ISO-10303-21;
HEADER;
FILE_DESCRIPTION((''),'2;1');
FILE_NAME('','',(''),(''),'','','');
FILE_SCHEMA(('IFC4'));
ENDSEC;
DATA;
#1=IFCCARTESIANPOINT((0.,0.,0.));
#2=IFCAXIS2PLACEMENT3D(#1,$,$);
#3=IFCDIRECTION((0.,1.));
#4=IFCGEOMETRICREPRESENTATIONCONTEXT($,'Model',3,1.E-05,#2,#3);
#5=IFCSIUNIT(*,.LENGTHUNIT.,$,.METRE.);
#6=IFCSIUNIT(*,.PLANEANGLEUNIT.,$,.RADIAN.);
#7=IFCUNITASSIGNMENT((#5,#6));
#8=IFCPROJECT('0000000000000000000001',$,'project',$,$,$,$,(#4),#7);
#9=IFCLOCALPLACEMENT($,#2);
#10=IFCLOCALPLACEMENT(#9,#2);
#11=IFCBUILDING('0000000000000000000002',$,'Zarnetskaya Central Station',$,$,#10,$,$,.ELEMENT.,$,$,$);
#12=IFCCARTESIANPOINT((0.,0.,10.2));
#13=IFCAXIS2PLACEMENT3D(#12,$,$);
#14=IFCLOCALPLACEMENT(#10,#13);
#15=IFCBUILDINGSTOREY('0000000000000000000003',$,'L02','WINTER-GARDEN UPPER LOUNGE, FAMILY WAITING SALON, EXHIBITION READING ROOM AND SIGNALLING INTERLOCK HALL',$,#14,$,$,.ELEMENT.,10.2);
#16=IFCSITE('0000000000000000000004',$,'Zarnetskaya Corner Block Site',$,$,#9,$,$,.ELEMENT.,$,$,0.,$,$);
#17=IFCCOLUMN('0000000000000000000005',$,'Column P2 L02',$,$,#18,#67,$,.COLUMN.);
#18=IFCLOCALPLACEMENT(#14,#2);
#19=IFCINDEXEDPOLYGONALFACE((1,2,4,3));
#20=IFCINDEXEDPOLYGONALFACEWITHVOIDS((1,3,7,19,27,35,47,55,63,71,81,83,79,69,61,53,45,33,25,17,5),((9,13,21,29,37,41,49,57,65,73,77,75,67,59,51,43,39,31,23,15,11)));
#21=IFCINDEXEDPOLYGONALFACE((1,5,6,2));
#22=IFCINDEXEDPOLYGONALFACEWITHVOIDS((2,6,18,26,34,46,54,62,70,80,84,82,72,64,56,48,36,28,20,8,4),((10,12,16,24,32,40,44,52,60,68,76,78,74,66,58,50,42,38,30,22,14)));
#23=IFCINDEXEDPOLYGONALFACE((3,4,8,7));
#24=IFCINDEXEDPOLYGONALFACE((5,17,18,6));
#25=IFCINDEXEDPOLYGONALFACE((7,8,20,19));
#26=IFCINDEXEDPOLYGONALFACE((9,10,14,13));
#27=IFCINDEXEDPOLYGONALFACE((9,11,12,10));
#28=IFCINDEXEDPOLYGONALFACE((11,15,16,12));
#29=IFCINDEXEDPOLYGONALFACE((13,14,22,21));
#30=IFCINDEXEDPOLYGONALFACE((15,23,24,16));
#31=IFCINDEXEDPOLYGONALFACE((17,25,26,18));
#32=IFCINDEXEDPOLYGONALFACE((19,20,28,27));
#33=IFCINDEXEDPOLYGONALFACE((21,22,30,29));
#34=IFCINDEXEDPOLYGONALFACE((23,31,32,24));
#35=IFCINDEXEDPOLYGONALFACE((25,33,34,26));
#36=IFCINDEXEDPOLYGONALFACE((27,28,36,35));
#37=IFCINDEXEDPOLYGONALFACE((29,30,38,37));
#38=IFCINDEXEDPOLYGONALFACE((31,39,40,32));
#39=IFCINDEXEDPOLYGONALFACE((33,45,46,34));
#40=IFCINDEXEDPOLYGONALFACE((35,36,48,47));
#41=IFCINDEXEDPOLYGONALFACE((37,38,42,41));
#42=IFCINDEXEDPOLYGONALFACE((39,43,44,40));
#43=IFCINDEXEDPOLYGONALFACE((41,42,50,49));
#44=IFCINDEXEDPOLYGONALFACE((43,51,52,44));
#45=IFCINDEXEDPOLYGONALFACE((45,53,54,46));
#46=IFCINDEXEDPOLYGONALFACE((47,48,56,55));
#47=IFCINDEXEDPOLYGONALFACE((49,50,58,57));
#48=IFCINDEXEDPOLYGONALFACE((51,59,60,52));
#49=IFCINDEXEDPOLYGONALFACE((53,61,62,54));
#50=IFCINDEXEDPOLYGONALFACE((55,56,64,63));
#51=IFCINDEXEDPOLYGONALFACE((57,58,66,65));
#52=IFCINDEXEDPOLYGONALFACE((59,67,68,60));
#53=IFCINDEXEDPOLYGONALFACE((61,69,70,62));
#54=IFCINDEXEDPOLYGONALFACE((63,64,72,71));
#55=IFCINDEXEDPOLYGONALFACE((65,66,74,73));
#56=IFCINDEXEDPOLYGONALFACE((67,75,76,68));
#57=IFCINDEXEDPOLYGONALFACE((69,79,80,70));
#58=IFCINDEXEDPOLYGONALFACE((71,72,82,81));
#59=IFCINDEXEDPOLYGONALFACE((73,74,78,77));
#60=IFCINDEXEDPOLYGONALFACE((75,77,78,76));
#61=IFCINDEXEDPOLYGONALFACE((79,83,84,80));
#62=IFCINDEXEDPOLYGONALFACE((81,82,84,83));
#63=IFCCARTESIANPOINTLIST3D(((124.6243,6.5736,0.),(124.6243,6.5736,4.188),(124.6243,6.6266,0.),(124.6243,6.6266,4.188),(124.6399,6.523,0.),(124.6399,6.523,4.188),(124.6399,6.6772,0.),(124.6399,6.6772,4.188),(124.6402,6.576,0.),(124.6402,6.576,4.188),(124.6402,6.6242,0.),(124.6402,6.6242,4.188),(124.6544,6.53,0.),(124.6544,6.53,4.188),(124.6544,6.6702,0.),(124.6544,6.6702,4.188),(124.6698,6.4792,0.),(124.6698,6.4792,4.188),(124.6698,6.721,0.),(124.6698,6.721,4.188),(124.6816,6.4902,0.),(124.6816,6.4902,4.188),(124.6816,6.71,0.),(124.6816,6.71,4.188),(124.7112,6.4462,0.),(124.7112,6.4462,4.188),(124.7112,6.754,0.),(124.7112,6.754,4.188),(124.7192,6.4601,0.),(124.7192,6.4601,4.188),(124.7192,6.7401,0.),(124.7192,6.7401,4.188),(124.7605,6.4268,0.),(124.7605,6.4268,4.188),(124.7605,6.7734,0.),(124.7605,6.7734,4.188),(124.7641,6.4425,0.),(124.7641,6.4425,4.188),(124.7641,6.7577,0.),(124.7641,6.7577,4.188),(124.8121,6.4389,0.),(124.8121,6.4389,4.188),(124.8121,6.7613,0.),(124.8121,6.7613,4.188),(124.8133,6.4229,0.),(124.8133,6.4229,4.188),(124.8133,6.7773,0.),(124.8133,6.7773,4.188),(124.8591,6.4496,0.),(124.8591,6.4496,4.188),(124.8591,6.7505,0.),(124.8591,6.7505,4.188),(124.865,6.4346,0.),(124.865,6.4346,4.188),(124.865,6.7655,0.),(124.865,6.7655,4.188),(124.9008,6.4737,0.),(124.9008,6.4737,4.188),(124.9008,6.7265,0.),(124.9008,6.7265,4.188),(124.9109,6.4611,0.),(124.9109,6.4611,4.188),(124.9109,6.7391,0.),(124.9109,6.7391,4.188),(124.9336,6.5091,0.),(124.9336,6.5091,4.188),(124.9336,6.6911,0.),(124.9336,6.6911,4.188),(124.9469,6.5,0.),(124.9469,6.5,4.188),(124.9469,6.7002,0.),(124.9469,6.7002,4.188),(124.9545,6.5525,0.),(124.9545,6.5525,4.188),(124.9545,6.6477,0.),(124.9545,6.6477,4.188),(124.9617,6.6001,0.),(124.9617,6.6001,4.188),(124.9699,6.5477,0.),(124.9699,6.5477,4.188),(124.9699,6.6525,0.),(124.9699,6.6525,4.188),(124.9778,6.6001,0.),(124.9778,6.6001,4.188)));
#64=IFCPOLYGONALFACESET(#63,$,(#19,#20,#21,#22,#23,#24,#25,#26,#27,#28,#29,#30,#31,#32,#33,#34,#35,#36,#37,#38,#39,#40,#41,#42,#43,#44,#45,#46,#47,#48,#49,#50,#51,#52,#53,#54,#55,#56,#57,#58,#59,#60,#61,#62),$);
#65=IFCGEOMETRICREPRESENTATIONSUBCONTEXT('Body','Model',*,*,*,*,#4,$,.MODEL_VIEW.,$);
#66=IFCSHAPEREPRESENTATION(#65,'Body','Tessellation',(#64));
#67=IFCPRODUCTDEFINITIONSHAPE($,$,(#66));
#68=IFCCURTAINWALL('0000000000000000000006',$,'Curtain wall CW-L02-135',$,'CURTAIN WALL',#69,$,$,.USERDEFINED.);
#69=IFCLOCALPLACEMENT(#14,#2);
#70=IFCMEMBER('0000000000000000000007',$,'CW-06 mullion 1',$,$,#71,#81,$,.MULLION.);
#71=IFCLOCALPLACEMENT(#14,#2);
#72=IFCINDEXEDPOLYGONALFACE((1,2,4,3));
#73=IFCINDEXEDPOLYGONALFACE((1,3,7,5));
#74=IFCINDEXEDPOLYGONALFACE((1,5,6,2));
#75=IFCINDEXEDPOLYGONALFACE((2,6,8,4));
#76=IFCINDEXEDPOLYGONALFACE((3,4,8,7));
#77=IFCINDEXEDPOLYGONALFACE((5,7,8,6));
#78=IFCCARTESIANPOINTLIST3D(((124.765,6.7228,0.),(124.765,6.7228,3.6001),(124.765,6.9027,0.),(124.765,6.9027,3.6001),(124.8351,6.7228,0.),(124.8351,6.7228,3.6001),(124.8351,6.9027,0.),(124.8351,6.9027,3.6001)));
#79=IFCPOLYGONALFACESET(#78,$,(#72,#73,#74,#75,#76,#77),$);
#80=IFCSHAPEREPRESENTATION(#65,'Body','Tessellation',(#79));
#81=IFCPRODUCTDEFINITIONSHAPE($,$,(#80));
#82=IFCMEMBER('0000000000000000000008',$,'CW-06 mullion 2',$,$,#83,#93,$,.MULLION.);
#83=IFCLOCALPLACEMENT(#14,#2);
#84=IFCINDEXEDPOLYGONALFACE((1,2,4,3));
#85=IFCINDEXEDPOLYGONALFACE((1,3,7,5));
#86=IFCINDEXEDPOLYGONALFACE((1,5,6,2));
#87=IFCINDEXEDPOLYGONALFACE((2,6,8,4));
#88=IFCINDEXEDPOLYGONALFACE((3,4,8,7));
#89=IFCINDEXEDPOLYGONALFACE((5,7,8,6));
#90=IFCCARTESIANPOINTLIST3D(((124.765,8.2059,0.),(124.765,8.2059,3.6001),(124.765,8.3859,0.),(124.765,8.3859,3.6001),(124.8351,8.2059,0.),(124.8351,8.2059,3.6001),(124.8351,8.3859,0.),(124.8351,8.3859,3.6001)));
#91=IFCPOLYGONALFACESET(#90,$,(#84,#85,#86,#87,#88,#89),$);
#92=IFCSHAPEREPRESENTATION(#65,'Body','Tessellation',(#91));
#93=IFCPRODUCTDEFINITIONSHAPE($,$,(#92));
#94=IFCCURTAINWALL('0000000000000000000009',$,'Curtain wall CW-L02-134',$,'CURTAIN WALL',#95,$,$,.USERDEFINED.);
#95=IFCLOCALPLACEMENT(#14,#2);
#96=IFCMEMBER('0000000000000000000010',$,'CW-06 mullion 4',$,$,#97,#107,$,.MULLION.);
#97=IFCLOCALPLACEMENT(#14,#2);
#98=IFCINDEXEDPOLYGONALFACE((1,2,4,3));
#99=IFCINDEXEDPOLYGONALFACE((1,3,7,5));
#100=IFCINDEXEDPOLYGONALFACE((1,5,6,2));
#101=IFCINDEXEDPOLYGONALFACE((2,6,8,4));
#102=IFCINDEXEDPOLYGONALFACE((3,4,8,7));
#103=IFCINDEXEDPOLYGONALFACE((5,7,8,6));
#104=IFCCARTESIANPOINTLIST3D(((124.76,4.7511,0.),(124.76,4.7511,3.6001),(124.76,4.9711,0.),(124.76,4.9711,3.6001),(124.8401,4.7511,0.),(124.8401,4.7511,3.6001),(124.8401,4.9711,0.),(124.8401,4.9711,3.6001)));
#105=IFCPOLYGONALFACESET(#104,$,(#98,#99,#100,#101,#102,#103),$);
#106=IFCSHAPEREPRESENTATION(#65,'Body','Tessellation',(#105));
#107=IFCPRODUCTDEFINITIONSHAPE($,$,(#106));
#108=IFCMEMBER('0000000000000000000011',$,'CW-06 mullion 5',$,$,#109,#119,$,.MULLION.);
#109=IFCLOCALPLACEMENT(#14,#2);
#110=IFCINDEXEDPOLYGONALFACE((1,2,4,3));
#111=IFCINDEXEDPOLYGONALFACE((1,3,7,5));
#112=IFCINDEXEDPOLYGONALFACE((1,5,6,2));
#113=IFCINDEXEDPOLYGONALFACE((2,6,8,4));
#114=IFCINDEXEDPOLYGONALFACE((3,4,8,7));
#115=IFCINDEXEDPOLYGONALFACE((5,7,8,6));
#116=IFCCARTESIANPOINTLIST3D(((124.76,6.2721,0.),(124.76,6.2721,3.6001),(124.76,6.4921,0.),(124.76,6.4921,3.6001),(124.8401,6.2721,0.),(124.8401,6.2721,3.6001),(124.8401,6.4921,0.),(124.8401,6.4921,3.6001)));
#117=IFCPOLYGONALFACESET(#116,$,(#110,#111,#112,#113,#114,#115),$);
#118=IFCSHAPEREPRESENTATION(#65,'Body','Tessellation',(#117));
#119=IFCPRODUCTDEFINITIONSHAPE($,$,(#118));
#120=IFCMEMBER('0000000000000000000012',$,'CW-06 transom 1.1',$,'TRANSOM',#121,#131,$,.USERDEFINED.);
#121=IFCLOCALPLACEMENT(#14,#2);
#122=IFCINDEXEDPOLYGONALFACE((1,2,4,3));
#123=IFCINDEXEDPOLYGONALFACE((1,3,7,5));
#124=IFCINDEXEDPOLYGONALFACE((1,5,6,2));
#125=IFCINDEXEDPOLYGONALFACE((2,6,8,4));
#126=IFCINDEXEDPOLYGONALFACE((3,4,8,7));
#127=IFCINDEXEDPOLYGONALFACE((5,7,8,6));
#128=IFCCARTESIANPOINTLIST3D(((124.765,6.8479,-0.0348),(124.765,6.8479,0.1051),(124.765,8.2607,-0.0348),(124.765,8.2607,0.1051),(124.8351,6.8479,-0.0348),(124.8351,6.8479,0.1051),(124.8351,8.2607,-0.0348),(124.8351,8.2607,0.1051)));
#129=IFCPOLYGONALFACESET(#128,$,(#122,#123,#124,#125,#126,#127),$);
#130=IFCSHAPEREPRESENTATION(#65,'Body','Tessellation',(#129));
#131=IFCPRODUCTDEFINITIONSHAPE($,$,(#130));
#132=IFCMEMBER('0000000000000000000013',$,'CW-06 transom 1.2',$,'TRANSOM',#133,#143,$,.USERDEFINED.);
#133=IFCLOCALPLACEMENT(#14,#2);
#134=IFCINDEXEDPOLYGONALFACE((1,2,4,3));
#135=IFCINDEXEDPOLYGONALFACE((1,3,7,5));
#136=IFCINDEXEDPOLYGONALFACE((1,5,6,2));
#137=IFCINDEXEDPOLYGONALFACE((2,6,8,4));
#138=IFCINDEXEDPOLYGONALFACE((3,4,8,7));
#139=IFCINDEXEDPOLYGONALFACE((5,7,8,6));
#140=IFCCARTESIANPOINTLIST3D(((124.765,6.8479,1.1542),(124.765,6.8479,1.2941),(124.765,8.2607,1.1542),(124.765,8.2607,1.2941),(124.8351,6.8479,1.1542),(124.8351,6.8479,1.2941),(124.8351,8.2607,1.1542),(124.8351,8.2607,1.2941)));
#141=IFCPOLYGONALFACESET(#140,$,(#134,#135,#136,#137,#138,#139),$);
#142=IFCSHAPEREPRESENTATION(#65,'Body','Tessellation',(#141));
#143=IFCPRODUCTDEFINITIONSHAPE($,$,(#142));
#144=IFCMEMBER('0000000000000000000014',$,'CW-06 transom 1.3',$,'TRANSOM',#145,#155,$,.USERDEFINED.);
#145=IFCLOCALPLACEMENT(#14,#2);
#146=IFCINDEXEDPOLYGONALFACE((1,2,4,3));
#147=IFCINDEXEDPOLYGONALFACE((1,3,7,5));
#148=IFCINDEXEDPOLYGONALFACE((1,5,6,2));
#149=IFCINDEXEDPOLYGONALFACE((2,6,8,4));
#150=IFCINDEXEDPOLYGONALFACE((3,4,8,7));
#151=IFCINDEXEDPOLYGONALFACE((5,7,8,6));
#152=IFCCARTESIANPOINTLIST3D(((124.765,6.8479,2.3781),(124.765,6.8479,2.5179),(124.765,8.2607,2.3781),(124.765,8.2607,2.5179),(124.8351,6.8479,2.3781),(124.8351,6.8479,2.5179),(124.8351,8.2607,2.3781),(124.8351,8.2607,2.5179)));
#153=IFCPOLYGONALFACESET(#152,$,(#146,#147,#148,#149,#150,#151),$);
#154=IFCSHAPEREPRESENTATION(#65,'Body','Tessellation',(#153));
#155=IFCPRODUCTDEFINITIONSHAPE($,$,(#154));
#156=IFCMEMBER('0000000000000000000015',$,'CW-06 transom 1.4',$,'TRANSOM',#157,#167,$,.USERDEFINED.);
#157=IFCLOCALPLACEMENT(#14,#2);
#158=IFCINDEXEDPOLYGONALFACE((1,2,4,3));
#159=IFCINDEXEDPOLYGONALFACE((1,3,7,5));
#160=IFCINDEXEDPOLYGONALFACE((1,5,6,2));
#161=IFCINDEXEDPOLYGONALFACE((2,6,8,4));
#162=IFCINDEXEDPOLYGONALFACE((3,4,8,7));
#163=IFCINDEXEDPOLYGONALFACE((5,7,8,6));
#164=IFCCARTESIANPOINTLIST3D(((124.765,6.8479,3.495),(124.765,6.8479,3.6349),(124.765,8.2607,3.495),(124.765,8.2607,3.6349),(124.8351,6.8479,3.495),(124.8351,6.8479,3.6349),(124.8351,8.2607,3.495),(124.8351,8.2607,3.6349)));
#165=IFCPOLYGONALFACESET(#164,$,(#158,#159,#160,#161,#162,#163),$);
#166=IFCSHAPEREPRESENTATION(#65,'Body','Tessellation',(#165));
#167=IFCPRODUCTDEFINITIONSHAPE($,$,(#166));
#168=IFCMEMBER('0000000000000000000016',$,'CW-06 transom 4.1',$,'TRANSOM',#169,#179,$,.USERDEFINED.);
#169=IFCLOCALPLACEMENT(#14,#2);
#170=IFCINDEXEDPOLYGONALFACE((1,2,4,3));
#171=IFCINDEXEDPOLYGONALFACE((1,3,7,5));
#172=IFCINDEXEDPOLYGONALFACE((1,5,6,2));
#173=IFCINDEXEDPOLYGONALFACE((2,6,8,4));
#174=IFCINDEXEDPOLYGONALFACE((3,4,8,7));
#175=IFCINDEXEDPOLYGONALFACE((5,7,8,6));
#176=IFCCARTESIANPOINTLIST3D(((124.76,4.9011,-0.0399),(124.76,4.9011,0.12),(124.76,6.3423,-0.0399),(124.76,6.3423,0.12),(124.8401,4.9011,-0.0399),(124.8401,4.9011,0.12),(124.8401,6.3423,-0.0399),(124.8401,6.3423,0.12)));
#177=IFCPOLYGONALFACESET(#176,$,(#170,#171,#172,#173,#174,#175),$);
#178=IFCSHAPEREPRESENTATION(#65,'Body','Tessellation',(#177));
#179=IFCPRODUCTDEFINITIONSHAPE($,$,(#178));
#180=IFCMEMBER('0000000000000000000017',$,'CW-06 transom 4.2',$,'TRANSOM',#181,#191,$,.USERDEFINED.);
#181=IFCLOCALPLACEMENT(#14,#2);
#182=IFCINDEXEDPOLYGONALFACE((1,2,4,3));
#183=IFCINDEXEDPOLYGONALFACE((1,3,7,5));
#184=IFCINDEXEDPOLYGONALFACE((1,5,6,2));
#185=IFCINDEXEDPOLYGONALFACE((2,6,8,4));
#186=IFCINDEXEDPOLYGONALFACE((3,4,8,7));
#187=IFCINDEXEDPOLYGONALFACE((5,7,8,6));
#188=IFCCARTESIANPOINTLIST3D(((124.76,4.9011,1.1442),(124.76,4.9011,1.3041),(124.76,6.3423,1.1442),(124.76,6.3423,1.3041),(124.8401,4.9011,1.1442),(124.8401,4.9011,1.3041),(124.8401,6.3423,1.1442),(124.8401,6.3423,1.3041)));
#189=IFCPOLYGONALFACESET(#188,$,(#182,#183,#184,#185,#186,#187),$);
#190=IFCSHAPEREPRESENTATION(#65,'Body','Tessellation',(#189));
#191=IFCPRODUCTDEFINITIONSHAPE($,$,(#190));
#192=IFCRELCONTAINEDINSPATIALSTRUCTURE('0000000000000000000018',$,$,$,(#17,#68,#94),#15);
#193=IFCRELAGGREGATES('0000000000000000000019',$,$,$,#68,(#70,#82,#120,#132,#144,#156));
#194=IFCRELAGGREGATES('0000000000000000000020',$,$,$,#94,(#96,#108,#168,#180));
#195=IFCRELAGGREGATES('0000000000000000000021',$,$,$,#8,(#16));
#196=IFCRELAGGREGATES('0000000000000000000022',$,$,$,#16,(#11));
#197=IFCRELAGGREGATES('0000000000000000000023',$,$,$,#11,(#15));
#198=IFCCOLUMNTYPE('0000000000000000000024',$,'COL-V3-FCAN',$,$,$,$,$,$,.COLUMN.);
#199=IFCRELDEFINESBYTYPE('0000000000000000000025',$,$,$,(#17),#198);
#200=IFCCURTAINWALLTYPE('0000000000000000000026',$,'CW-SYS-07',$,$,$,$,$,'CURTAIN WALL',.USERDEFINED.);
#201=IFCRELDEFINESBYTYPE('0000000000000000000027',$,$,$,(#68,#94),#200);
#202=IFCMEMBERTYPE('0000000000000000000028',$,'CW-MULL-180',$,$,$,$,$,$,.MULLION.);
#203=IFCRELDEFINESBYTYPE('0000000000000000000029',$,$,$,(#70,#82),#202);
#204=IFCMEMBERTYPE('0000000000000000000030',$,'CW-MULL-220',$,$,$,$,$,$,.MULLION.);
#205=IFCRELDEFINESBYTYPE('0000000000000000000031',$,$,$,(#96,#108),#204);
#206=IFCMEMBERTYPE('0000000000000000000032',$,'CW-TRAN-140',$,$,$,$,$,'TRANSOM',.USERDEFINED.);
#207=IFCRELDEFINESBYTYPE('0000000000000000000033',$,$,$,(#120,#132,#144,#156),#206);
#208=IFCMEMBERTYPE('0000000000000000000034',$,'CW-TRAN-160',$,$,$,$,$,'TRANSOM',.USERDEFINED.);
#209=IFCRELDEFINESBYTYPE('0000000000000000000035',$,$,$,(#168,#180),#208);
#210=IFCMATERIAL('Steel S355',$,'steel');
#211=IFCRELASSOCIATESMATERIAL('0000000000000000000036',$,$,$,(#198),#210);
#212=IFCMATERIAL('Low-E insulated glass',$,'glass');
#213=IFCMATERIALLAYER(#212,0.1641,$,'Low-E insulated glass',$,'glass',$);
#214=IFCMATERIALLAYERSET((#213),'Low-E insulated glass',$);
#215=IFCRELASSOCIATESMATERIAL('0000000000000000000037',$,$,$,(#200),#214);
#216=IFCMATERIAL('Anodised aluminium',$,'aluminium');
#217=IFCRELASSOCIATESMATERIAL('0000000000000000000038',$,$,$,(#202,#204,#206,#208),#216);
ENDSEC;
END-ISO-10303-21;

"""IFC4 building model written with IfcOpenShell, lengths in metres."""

from ifc_helpers import new_model, si_unit, direction, frame, origin, origin_2d, place, context, subcontext, project, spatial, rectangle, hollow_circle, extrude, material, layer, layer_set, material_profile, profile_set, type_object, element, aggregate, save


model = new_model("IFC4")

# Units and contexts
model_context = context("Model", 3, precision=1e-05, world=origin(), true_north=direction((0.0, 1.0)))
body_context = subcontext(model_context, "Body", "Model", "MODEL_VIEW")
ifc_project = project(units=[si_unit("LENGTHUNIT", "METRE"), si_unit("PLANEANGLEUNIT", "RADIAN")], contexts=[model_context])

# Site, building, storey
site_placement = place(None, origin())
site = spatial("IfcSite", under=ifc_project, at=site_placement, Name="Zarnetskaya Corner Block Site", CompositionType="ELEMENT", RefElevation=0.0)
building_placement = place(site_placement, origin())
building = spatial("IfcBuilding", under=site, at=building_placement, Name="Zarnetskaya Central Station", CompositionType="ELEMENT")
storey_placement = place(building_placement, frame((0.0, 0.0, 10.2)))
storey = spatial("IfcBuildingStorey", under=building, at=storey_placement, Name="L02", Description="WINTER-GARDEN UPPER LOUNGE, FAMILY WAITING SALON, EXHIBITION READING ROOM AND SIGNALLING INTERLOCK HALL", CompositionType="ELEMENT", Elevation=10.2)

# Column
ifc_material_1 = material(Name="Steel S355", Category="steel")
ifc_material_profile_1 = material_profile(ifc_material_1, hollow_circle(Radius=0.1777, WallThickness=0.0161, at=origin_2d()), Name="CHS 355.6x16")
ifc_profile_set_1 = profile_set([ifc_material_profile_1], Name="Steel S355")
column_type = type_object("IfcColumnType", Name="COL-V3-FCAN", PredefinedType="COLUMN", material=ifc_profile_set_1)
column_placement = place(storey_placement, frame((124.8, 6.6001, 0.0), z_axis=(0.0, 0.0, 1.0), x_axis=(1.0, 0.0, 0.0)))
element("IfcColumn", 1, at=column_placement, inside=storey, type_object=column_type, Name="Column P2 L02", PredefinedType="COLUMN", context=body_context, shape_type="SweptSolid", body=[
    extrude(hollow_circle(Radius=0.1777, WallThickness=0.0161, at=origin_2d()), origin(), (0.0, 0.0, 1.0), 4.188),
])

# Curtain walls, members
ifc_material_2 = material(Name="Low-E insulated glass", Category="glass")
ifc_layer_1 = layer(ifc_material_2, 0.1641, Name="Low-E insulated glass", Category="glass")
ifc_layer_set_1 = layer_set([ifc_layer_1], Name="Low-E insulated glass")
curtain_wall_type = type_object("IfcCurtainWallType", Name="CW-SYS-07", ElementType="CURTAIN WALL", PredefinedType="USERDEFINED", material=ifc_layer_set_1)
curtain_wall_1_placement = place(storey_placement, origin())
curtain_wall_1 = element("IfcCurtainWall", 2, at=curtain_wall_1_placement, inside=storey, type_object=curtain_wall_type, Name="Curtain wall CW-L02-135", ObjectType="CURTAIN WALL", PredefinedType="USERDEFINED")
ifc_material_3 = material(Name="Anodised aluminium", Category="aluminium")
ifc_material_profile_2 = material_profile(ifc_material_3, rectangle(XDim=0.0701, YDim=0.1799, at=origin_2d()), Name="ALU MULL 70x180")
ifc_profile_set_2 = profile_set([ifc_material_profile_2], Name="Anodised aluminium")
member_type_1 = type_object("IfcMemberType", Name="CW-MULL-180", PredefinedType="MULLION", material=ifc_profile_set_2)
member_1_placement = place(storey_placement, frame((124.8, 6.8127, 0.0), z_axis=(0.0, 0.0, 1.0), x_axis=(-1.0, 0.0, 0.0)))
member_1 = element("IfcMember", 3, at=member_1_placement, type_object=member_type_1, Name="CW-06 mullion 1", PredefinedType="MULLION", context=body_context, shape_type="SweptSolid", body=[
    extrude(rectangle(XDim=0.0701, YDim=0.1799, at=origin_2d()), origin(), (0.0, 0.0, 1.0), 3.6001),
])
member_2_placement = place(storey_placement, frame((124.8, 8.2959, 0.0), z_axis=(0.0, 0.0, 1.0), x_axis=(-1.0, 0.0, 0.0)))
member_2 = element("IfcMember", 4, at=member_2_placement, type_object=member_type_1, Name="CW-06 mullion 2", PredefinedType="MULLION", context=body_context, shape_type="SweptSolid", body=[
    extrude(rectangle(XDim=0.0701, YDim=0.1799, at=origin_2d()), origin(), (0.0, 0.0, 1.0), 3.6001),
])
curtain_wall_2_placement = place(storey_placement, origin())
curtain_wall_2 = element("IfcCurtainWall", 5, at=curtain_wall_2_placement, inside=storey, type_object=curtain_wall_type, Name="Curtain wall CW-L02-134", ObjectType="CURTAIN WALL", PredefinedType="USERDEFINED")
ifc_material_profile_3 = material_profile(ifc_material_3, rectangle(XDim=0.0801, YDim=0.22, at=origin_2d()), Name="ALU MULL 80x220")
ifc_profile_set_3 = profile_set([ifc_material_profile_3], Name="Anodised aluminium")
member_type_2 = type_object("IfcMemberType", Name="CW-MULL-220", PredefinedType="MULLION", material=ifc_profile_set_3)
member_3_placement = place(storey_placement, frame((124.8, 4.8611, 0.0), z_axis=(0.0, 0.0, 1.0), x_axis=(-1.0, 0.0, 0.0)))
member_3 = element("IfcMember", 6, at=member_3_placement, type_object=member_type_2, Name="CW-06 mullion 4", PredefinedType="MULLION", context=body_context, shape_type="SweptSolid", body=[
    extrude(rectangle(XDim=0.0801, YDim=0.22, at=origin_2d()), origin(), (0.0, 0.0, 1.0), 3.6001),
])
member_4_placement = place(storey_placement, frame((124.8, 6.3821, 0.0), z_axis=(0.0, 0.0, 1.0), x_axis=(-1.0, 0.0, 0.0)))
member_4 = element("IfcMember", 7, at=member_4_placement, type_object=member_type_2, Name="CW-06 mullion 5", PredefinedType="MULLION", context=body_context, shape_type="SweptSolid", body=[
    extrude(rectangle(XDim=0.0801, YDim=0.22, at=origin_2d()), origin(), (0.0, 0.0, 1.0), 3.6001),
])

# Members
ifc_material_profile_4 = material_profile(ifc_material_3, rectangle(XDim=0.0701, YDim=0.1399, at=origin_2d()), Name="ALU TRAN 70x140")
ifc_profile_set_4 = profile_set([ifc_material_profile_4], Name="Anodised aluminium")
member_type_3 = type_object("IfcMemberType", Name="CW-TRAN-140", ElementType="TRANSOM", PredefinedType="USERDEFINED", material=ifc_profile_set_4)
member_5_placement = place(storey_placement, frame((124.8, 6.8479, 0.0352), z_axis=(0.0, 1.0, 0.0), x_axis=(-1.0, 0.0, 0.0)))
member_5 = element("IfcMember", 8, at=member_5_placement, type_object=member_type_3, Name="CW-06 transom 1.1", ObjectType="TRANSOM", PredefinedType="USERDEFINED", context=body_context, shape_type="SweptSolid", body=[
    extrude(rectangle(XDim=0.0701, YDim=0.1399, at=origin_2d()), origin(), (0.0, 0.0, 1.0), 1.4128),
])
member_6_placement = place(storey_placement, frame((124.8, 6.8479, 1.2241), z_axis=(0.0, 1.0, 0.0), x_axis=(-1.0, 0.0, 0.0)))
member_6 = element("IfcMember", 9, at=member_6_placement, type_object=member_type_3, Name="CW-06 transom 1.2", ObjectType="TRANSOM", PredefinedType="USERDEFINED", context=body_context, shape_type="SweptSolid", body=[
    extrude(rectangle(XDim=0.0701, YDim=0.1399, at=origin_2d()), origin(), (0.0, 0.0, 1.0), 1.4128),
])
member_7_placement = place(storey_placement, frame((124.8, 6.8479, 2.448), z_axis=(0.0, 1.0, 0.0), x_axis=(-1.0, 0.0, 0.0)))
member_7 = element("IfcMember", 10, at=member_7_placement, type_object=member_type_3, Name="CW-06 transom 1.3", ObjectType="TRANSOM", PredefinedType="USERDEFINED", context=body_context, shape_type="SweptSolid", body=[
    extrude(rectangle(XDim=0.0701, YDim=0.1399, at=origin_2d()), origin(), (0.0, 0.0, 1.0), 1.4128),
])
member_8_placement = place(storey_placement, frame((124.8, 6.8479, 3.5649), z_axis=(0.0, 1.0, 0.0), x_axis=(-1.0, 0.0, 0.0)))
member_8 = element("IfcMember", 11, at=member_8_placement, type_object=member_type_3, Name="CW-06 transom 1.4", ObjectType="TRANSOM", PredefinedType="USERDEFINED", context=body_context, shape_type="SweptSolid", body=[
    extrude(rectangle(XDim=0.0701, YDim=0.1399, at=origin_2d()), origin(), (0.0, 0.0, 1.0), 1.4128),
])
ifc_material_profile_5 = material_profile(ifc_material_3, rectangle(XDim=0.0801, YDim=0.1599, at=origin_2d()), Name="ALU TRAN 80x160")
ifc_profile_set_5 = profile_set([ifc_material_profile_5], Name="Anodised aluminium")
member_type_4 = type_object("IfcMemberType", Name="CW-TRAN-160", ElementType="TRANSOM", PredefinedType="USERDEFINED", material=ifc_profile_set_5)
member_9_placement = place(storey_placement, frame((124.8, 4.9011, 0.04), z_axis=(0.0, 1.0, 0.0), x_axis=(-1.0, 0.0, 0.0)))
member_9 = element("IfcMember", 12, at=member_9_placement, type_object=member_type_4, Name="CW-06 transom 4.1", ObjectType="TRANSOM", PredefinedType="USERDEFINED", context=body_context, shape_type="SweptSolid", body=[
    extrude(rectangle(XDim=0.0801, YDim=0.1599, at=origin_2d()), origin(), (0.0, 0.0, 1.0), 1.4412),
])
member_10_placement = place(storey_placement, frame((124.8, 4.9011, 1.2241), z_axis=(0.0, 1.0, 0.0), x_axis=(-1.0, 0.0, 0.0)))
member_10 = element("IfcMember", 13, at=member_10_placement, type_object=member_type_4, Name="CW-06 transom 4.2", ObjectType="TRANSOM", PredefinedType="USERDEFINED", context=body_context, shape_type="SweptSolid", body=[
    extrude(rectangle(XDim=0.0801, YDim=0.1599, at=origin_2d()), origin(), (0.0, 0.0, 1.0), 1.4412),
])

aggregate(curtain_wall_1, [member_1, member_2, member_5, member_6, member_7, member_8])
aggregate(curtain_wall_2, [member_3, member_4, member_9, member_10])

save(model, "model.ifc")
